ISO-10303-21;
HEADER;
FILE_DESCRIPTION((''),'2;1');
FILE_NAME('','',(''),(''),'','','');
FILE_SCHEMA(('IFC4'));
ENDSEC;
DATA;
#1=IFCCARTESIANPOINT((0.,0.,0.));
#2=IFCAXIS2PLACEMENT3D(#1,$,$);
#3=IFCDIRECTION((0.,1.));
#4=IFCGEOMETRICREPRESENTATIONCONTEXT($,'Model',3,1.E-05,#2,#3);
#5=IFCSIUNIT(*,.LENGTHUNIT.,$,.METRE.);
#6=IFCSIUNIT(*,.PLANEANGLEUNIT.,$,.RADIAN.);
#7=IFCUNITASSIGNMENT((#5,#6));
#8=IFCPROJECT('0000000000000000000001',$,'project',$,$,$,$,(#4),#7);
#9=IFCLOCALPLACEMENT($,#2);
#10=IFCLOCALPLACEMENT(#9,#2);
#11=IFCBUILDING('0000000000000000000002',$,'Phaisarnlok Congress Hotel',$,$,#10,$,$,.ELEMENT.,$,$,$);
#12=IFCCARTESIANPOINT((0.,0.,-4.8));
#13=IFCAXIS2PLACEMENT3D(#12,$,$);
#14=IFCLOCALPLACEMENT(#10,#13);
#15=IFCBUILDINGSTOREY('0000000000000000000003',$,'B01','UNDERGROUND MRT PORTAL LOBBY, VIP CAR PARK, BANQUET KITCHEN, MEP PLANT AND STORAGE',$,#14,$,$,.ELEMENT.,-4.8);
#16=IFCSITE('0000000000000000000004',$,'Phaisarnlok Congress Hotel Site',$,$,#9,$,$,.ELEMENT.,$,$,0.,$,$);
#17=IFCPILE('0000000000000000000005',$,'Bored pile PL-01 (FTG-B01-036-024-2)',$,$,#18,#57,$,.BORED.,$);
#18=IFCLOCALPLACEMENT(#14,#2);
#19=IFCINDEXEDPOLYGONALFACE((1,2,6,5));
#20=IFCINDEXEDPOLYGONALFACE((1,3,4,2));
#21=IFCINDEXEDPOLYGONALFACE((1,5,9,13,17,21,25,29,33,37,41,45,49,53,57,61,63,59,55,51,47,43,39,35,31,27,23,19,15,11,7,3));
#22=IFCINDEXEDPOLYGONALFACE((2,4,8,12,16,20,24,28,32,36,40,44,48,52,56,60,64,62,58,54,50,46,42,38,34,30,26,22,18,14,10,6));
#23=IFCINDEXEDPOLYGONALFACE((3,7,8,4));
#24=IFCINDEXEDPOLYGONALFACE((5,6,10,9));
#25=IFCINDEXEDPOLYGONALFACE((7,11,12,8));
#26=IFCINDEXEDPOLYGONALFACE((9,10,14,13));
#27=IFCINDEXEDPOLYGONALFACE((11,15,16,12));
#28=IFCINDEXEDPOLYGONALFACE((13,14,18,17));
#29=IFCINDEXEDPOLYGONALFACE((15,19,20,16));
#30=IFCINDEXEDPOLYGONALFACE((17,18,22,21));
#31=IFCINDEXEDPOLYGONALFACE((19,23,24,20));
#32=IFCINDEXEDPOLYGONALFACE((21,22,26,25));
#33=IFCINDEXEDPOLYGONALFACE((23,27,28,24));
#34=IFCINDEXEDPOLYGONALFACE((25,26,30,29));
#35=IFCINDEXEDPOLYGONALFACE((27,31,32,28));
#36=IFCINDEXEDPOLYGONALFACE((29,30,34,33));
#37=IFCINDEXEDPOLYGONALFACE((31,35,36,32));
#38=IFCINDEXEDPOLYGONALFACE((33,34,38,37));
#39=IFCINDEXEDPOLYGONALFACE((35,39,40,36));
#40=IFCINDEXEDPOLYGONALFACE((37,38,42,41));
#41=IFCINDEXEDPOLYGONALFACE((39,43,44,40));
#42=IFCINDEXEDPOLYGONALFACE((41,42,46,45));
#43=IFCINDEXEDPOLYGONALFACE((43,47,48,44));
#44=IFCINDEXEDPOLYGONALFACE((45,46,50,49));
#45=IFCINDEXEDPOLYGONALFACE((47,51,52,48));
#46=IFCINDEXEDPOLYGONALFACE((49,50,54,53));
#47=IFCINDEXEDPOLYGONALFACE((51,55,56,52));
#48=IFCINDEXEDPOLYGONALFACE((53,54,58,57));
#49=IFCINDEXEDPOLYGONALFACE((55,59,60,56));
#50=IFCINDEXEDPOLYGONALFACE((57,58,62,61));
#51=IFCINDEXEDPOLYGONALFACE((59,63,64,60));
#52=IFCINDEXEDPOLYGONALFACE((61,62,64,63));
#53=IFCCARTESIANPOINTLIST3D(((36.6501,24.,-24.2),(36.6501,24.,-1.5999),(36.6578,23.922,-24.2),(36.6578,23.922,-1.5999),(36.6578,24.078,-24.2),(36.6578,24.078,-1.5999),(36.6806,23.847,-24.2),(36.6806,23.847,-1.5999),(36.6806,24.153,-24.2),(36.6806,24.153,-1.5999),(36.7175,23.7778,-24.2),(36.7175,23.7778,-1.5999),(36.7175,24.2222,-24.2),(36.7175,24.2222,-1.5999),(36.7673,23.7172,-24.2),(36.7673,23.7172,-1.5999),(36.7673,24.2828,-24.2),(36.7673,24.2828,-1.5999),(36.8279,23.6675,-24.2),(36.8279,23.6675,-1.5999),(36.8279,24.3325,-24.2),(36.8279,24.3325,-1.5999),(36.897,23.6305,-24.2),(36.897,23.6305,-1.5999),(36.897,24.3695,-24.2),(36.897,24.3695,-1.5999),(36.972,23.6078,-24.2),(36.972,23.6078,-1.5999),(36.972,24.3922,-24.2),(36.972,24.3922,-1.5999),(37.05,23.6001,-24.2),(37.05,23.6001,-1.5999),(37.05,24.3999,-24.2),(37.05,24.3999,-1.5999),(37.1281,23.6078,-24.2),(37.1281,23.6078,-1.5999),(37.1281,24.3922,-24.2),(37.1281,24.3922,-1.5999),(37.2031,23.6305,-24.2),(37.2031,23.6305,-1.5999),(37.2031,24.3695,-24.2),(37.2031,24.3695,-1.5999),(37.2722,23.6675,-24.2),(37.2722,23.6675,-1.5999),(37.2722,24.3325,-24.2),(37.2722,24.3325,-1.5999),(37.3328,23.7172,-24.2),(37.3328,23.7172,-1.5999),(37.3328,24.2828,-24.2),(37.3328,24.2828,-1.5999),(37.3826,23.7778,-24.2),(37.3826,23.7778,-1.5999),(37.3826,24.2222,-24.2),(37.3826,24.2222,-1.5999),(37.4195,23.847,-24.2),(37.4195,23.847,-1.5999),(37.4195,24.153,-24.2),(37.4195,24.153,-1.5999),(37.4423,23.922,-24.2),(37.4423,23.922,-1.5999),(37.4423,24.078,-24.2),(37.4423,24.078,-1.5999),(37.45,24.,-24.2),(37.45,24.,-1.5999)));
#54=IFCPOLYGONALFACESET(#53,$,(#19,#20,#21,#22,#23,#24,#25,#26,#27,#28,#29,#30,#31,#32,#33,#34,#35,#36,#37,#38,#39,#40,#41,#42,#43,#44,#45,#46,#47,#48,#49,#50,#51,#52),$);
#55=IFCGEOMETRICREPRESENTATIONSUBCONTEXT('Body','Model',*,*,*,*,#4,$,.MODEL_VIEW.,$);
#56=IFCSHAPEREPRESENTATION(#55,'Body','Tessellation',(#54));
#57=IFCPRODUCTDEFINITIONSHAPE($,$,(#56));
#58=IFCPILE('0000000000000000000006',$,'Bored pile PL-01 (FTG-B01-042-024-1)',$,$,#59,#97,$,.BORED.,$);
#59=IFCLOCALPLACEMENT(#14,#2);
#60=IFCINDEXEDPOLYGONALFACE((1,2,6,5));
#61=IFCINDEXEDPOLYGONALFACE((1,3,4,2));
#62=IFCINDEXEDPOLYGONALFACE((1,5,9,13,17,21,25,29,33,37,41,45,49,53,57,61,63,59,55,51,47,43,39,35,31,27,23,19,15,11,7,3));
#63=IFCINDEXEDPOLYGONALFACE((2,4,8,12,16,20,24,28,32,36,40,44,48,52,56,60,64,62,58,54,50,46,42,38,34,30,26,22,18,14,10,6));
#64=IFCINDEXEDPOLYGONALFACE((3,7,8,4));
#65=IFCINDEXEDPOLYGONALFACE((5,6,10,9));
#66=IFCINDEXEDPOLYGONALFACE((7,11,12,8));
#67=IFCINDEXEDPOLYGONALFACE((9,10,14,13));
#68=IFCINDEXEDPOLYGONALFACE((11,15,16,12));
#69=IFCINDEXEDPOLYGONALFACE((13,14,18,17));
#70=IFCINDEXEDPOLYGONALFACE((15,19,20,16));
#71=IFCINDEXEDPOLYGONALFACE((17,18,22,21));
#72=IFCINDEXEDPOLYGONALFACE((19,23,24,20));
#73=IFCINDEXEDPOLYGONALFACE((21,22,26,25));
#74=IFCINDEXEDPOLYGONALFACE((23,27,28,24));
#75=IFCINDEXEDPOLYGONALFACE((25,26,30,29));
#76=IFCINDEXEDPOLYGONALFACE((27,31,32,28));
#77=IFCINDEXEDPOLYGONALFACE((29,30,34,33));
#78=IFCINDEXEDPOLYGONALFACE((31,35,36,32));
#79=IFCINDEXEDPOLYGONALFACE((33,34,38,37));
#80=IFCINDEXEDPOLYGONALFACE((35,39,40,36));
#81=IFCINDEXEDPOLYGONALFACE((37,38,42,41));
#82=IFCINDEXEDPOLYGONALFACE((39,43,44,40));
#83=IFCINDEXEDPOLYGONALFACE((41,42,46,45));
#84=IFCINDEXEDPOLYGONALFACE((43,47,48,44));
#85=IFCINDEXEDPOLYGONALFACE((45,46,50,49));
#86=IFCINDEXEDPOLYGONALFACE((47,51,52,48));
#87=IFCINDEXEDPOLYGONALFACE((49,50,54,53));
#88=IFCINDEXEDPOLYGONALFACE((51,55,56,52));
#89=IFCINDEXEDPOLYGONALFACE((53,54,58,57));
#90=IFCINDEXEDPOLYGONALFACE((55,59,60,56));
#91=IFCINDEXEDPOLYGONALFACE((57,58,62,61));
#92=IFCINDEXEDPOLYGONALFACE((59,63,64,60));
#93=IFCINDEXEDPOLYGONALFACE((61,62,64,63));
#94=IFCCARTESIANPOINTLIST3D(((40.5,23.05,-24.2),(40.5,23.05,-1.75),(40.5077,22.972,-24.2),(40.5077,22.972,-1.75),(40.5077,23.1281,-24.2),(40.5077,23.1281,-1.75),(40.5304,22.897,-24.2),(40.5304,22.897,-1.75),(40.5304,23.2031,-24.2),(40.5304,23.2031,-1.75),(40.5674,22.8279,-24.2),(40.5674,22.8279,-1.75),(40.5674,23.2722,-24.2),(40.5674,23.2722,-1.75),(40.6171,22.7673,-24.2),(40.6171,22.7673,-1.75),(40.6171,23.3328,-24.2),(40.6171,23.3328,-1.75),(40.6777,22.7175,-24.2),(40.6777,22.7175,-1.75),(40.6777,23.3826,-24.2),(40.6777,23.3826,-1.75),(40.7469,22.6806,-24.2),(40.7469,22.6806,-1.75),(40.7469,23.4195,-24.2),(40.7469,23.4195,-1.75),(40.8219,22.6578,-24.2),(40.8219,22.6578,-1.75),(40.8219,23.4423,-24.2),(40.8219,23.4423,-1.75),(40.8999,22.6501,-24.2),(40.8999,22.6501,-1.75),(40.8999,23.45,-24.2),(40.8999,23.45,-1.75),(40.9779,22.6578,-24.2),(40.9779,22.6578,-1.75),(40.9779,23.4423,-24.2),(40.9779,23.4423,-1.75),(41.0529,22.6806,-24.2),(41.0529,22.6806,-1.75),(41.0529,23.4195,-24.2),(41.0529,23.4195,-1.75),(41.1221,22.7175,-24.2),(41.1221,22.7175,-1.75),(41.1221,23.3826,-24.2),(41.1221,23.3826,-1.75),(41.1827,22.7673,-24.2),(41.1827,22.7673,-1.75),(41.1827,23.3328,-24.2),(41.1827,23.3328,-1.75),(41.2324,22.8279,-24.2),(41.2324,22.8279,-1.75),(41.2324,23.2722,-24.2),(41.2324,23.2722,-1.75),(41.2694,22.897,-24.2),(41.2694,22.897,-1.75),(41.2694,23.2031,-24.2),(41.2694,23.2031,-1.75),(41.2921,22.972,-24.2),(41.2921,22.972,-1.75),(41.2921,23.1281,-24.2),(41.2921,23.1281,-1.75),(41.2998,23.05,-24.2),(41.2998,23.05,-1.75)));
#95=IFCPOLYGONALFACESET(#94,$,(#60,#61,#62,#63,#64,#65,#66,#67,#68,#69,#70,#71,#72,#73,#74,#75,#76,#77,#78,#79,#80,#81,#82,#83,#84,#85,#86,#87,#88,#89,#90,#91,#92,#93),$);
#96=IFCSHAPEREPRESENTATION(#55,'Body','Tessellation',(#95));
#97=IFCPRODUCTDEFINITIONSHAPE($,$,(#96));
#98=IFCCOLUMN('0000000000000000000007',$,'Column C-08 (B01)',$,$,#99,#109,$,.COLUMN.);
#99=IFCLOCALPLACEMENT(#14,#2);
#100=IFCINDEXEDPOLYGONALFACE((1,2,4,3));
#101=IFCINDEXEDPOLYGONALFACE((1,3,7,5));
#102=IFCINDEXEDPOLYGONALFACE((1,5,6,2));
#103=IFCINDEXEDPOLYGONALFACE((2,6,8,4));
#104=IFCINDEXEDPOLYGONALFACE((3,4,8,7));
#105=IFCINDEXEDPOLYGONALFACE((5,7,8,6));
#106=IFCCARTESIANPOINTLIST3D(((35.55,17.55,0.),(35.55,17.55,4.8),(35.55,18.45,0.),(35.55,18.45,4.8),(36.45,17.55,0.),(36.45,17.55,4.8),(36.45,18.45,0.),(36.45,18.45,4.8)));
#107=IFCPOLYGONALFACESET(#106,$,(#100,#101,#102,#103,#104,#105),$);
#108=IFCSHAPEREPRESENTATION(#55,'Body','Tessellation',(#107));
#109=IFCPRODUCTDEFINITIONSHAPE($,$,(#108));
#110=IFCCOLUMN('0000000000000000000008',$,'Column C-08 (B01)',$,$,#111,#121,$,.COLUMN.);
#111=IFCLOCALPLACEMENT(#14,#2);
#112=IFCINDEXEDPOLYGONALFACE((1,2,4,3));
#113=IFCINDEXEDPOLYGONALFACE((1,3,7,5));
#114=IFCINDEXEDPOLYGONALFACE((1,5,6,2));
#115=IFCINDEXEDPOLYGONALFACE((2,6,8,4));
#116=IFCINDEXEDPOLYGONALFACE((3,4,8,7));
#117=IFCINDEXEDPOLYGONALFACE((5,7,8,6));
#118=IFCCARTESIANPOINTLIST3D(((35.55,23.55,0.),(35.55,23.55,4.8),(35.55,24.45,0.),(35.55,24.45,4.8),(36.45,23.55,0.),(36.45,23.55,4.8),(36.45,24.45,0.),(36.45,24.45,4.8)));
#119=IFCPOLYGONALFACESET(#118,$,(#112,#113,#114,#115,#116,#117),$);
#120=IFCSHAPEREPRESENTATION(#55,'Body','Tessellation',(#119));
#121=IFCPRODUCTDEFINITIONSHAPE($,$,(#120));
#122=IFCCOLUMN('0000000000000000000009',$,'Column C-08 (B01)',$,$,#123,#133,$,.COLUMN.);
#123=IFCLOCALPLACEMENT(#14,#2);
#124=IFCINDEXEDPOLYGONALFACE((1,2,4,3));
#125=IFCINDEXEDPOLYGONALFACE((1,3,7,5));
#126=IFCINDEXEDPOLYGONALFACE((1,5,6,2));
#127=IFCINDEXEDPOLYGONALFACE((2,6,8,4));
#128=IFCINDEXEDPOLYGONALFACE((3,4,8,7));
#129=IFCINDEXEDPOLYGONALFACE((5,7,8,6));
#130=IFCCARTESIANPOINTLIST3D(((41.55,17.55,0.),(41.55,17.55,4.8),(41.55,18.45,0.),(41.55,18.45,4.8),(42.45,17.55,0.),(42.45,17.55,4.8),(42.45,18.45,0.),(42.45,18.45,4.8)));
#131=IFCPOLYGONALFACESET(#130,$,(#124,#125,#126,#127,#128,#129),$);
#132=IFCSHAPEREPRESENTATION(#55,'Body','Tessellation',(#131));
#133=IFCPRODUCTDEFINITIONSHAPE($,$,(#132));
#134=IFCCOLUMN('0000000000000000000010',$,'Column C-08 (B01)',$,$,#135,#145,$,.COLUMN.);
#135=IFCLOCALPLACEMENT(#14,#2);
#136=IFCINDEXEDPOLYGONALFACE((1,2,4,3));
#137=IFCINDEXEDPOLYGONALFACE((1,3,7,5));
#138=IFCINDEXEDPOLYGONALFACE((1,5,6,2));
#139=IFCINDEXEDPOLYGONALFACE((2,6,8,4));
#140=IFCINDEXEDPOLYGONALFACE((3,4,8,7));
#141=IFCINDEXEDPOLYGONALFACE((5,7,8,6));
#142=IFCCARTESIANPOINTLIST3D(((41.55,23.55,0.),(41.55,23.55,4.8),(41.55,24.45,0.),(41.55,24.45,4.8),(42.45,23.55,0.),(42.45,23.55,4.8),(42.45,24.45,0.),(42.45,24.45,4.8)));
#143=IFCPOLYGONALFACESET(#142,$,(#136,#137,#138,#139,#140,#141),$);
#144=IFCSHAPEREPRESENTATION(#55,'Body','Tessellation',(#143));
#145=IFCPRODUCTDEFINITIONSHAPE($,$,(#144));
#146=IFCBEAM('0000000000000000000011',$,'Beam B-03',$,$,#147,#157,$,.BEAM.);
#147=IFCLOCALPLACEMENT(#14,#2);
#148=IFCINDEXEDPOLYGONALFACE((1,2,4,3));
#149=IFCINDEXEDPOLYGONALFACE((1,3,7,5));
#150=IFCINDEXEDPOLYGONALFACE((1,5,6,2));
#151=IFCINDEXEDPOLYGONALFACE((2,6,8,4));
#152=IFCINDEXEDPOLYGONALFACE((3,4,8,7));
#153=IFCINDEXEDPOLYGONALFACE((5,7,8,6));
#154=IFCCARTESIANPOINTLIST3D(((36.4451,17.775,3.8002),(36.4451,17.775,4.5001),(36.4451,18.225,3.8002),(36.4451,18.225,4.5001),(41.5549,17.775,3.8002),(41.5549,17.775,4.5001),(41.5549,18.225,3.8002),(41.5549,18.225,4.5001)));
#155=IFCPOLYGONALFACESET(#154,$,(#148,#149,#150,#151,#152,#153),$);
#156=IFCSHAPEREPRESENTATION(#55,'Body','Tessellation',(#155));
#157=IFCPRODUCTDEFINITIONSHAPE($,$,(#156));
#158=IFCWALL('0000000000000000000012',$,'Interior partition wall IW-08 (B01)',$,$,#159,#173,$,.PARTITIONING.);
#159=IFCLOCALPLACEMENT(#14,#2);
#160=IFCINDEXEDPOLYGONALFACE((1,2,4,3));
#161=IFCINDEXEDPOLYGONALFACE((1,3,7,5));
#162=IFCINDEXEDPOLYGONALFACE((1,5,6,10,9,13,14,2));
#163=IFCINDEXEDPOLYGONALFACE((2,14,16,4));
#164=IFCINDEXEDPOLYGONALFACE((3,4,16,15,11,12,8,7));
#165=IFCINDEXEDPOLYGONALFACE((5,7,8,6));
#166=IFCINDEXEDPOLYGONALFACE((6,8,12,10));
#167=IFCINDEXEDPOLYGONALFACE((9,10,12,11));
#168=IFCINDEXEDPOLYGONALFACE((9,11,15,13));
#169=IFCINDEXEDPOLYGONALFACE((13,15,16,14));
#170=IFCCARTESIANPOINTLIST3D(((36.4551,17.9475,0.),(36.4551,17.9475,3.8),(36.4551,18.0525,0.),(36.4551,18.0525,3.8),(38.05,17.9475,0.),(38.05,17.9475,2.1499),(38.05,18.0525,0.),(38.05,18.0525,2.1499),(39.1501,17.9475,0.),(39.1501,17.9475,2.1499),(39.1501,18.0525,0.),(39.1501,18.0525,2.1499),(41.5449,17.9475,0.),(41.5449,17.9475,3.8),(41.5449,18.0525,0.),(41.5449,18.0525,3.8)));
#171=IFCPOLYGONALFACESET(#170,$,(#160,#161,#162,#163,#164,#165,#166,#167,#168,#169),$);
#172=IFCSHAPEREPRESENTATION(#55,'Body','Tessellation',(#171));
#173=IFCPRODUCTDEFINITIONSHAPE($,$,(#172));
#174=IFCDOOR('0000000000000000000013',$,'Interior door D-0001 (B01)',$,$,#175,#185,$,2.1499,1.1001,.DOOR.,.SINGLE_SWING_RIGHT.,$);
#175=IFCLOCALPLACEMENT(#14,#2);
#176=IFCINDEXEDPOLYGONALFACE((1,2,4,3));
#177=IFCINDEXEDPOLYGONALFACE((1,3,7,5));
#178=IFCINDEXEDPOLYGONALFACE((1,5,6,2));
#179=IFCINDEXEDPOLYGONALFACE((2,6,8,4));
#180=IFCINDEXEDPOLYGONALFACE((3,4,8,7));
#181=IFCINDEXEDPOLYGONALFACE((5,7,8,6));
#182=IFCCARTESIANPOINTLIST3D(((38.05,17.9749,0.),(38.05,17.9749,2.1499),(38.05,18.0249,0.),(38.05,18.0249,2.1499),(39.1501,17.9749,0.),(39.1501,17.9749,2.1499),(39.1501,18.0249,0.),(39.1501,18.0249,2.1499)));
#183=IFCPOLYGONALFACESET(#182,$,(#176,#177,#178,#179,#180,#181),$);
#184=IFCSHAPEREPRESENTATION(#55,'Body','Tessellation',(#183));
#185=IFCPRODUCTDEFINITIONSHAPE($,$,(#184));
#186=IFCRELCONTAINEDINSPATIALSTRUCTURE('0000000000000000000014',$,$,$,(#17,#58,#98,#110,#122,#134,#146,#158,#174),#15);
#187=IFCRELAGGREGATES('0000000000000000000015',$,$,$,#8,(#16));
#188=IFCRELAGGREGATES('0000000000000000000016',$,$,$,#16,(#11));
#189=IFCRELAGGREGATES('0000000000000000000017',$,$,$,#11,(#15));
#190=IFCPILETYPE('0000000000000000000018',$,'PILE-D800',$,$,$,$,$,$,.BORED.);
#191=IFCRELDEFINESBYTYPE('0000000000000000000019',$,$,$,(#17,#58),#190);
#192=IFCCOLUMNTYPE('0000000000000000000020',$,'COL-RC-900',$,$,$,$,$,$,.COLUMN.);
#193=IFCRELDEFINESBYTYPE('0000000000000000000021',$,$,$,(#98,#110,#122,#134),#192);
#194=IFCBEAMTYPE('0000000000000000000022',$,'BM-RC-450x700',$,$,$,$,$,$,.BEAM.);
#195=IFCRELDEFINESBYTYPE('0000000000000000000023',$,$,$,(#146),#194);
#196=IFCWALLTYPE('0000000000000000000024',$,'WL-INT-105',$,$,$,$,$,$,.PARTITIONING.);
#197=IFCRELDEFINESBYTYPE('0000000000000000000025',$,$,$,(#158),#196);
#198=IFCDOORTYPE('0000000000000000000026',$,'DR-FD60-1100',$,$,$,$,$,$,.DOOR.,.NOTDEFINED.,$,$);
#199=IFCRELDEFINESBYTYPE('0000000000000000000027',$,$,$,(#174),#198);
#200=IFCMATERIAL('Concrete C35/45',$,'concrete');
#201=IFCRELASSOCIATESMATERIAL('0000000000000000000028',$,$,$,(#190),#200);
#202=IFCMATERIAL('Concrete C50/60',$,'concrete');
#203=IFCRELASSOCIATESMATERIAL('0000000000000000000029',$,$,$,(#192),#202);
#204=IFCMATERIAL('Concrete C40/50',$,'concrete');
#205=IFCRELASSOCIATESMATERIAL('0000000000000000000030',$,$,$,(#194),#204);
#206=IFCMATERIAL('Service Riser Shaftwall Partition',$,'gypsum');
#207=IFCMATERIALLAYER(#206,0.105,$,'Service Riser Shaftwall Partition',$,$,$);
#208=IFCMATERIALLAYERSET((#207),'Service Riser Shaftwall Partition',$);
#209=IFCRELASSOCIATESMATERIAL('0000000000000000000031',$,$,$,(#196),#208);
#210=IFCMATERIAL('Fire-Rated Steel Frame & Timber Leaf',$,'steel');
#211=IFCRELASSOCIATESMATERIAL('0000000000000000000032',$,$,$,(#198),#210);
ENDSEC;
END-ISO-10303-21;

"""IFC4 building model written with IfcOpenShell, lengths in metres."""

from ifc_helpers import new_model, si_unit, direction, frame, frame_2d, origin, origin_2d, place, context, subcontext, project, spatial, rectangle, circle, extrude, material, layer, layer_set, material_profile, profile_set, type_object, element, fill, save


model = new_model("IFC4")

# Units and contexts
model_context = context("Model", 3, precision=1e-05, world=origin(), true_north=direction((0.0, 1.0)))
body_context = subcontext(model_context, "Body", "Model", "MODEL_VIEW")
ifc_project = project(units=[si_unit("LENGTHUNIT", "METRE"), si_unit("PLANEANGLEUNIT", "RADIAN")], contexts=[model_context])

# Site, building, storey
site_placement = place(None, origin())
site = spatial("IfcSite", under=ifc_project, at=site_placement, Name="Phaisarnlok Congress Hotel Site", CompositionType="ELEMENT", RefElevation=0.0)
building_placement = place(site_placement, origin())
building = spatial("IfcBuilding", under=site, at=building_placement, Name="Phaisarnlok Congress Hotel", CompositionType="ELEMENT")
storey_placement = place(building_placement, frame((0.0, 0.0, -4.8)))
storey = spatial("IfcBuildingStorey", under=building, at=storey_placement, Name="B01", Description="UNDERGROUND MRT PORTAL LOBBY, VIP CAR PARK, BANQUET KITCHEN, MEP PLANT AND STORAGE", CompositionType="ELEMENT", Elevation=-4.8)

# Shared definitions
ifc_material_1 = material(Name="Concrete C40/50", Category="concrete")

# Piles
ifc_material_2 = material(Name="Concrete C35/45", Category="concrete")
ifc_material_profile_1 = material_profile(ifc_material_2, circle(Radius=0.3999, at=origin_2d()), Name="BORED PILE D800")
ifc_profile_set_1 = profile_set([ifc_material_profile_1], Name="Concrete C35/45")
pile_type_1 = type_object("IfcPileType", Name="PILE-D800", PredefinedType="BORED", material=ifc_profile_set_1)
for number, where, z_axis, x_axis, name in (
    (1, (37.05, 24.0, -1.5999), (0.0, 0.0, -1.0), (1.0, 0.0, 0.0), "Bored pile PL-01 (FTG-B01-036-024-2)"),
):
    element("IfcPile", number, at=place(storey_placement, frame(where, z_axis=z_axis, x_axis=x_axis)), inside=storey, type_object=pile_type_1, Name=name, PredefinedType="BORED", context=body_context, shape_type="SweptSolid", body=[
        extrude(circle(Radius=0.3999, at=origin_2d()), origin(), (0.0, 0.0, 1.0), 22.6001),
    ])
pile_1_placement = place(storey_placement, frame((40.8999, 23.05, -1.75), z_axis=(0.0, 0.0, -1.0), x_axis=(1.0, 0.0, 0.0)))
element("IfcPile", 2, at=pile_1_placement, inside=storey, type_object=pile_type_1, Name="Bored pile PL-01 (FTG-B01-042-024-1)", PredefinedType="BORED", context=body_context, shape_type="SweptSolid", body=[
    extrude(circle(Radius=0.3999, at=origin_2d()), origin(), (0.0, 0.0, 1.0), 22.45),
])

# Columns
ifc_material_3 = material(Name="Concrete C50/60", Category="concrete")
ifc_material_profile_2 = material_profile(ifc_material_3, rectangle(XDim=0.8999, YDim=0.8999, at=origin_2d()), Name="RC 900x900")
ifc_profile_set_2 = profile_set([ifc_material_profile_2], Name="Concrete C50/60")
column_type = type_object("IfcColumnType", Name="COL-RC-900", PredefinedType="COLUMN", material=ifc_profile_set_2)
for number, where, z_axis, x_axis, name in (
    (3, (36.0, 18.0, 0.0), (0.0, 0.0, 1.0), (1.0, 0.0, 0.0), "Column C-08 (B01)"),
    (4, (36.0, 24.0, 0.0), (0.0, 0.0, 1.0), (1.0, 0.0, 0.0), "Column C-08 (B01)"),
    (5, (42.0, 18.0, 0.0), (0.0, 0.0, 1.0), (1.0, 0.0, 0.0), "Column C-08 (B01)"),
    (6, (42.0, 24.0, 0.0), (0.0, 0.0, 1.0), (1.0, 0.0, 0.0), "Column C-08 (B01)"),
):
    element("IfcColumn", number, at=place(storey_placement, frame(where, z_axis=z_axis, x_axis=x_axis)), inside=storey, type_object=column_type, Name=name, PredefinedType="COLUMN", context=body_context, shape_type="SweptSolid", body=[
        extrude(rectangle(XDim=0.8999, YDim=0.8999, at=origin_2d()), origin(), (0.0, 0.0, 1.0), 4.8),
    ])

# Beam
ifc_material_profile_3 = material_profile(ifc_material_1, rectangle(XDim=0.45, YDim=0.7, at=origin_2d()), Name="RC 450x700")
ifc_profile_set_3 = profile_set([ifc_material_profile_3], Name="Concrete C40/50")
beam_type = type_object("IfcBeamType", Name="BM-RC-450x700", PredefinedType="BEAM", material=ifc_profile_set_3)
beam_placement = place(storey_placement, frame((36.4451, 18.0, 4.1501), z_axis=(1.0, 0.0, 0.0), x_axis=(0.0, 1.0, 0.0)))
element("IfcBeam", 7, at=beam_placement, inside=storey, type_object=beam_type, Name="Beam B-03", PredefinedType="BEAM", context=body_context, shape_type="SweptSolid", body=[
    extrude(rectangle(XDim=0.45, YDim=0.7, at=origin_2d()), origin(), (0.0, 0.0, 1.0), 5.1099),
])

# Wall, opening, door
ifc_material_4 = material(Name="Service Riser Shaftwall Partition", Category="gypsum")
ifc_layer_1 = layer(ifc_material_4, 0.105, Name="Service Riser Shaftwall Partition")
ifc_layer_set_1 = layer_set([ifc_layer_1], Name="Service Riser Shaftwall Partition")
wall_type_1 = type_object("IfcWallType", Name="WL-INT-105", PredefinedType="PARTITIONING", material=ifc_layer_set_1)
wall_1_placement = place(storey_placement, frame((36.4551, 18.0, 0.0), z_axis=(0.0, 0.0, 1.0), x_axis=(1.0, 0.0, 0.0)))
wall_1 = element("IfcWall", 8, at=wall_1_placement, inside=storey, type_object=wall_type_1, Name="Interior partition wall IW-08 (B01)", PredefinedType="PARTITIONING", context=body_context, shape_type="SweptSolid", body=[
    extrude(rectangle(XDim=5.0898, YDim=0.105, at=frame_2d((2.5449, 0.0))), origin(), (0.0, 0.0, 1.0), 3.8),
])
opening_placement = place(wall_1_placement, frame((1.595, 0.0, 0.0)))
opening = element("IfcOpeningElement", 9, at=opening_placement, cuts=wall_1, PredefinedType="OPENING", context=body_context, shape_type="SweptSolid", body=[
    extrude(rectangle(XDim=1.1001, YDim=2.1499, at=frame_2d((0.55, 1.075))), frame((0.0, 0.0625, 0.0), z_axis=(0.0, -1.0, 0.0), x_axis=(1.0, 0.0, 0.0)), (0.0, 0.0, 1.0), 0.125),
])
ifc_material_5 = material(Name="Fire-Rated Steel Frame & Timber Leaf", Category="steel")
door_type = type_object("IfcDoorType", Name="DR-FD60-1100", OperationType="NOTDEFINED", PredefinedType="DOOR", material=ifc_material_5)
door_placement = place(opening_placement, origin())
door = element("IfcDoor", 10, at=door_placement, inside=storey, type_object=door_type, Name="Interior door D-0001 (B01)", OperationType="SINGLE_SWING_RIGHT", OverallHeight=2.1499, OverallWidth=1.1001, PredefinedType="DOOR", context=body_context, shape_type="SweptSolid", body=[
    extrude(rectangle(XDim=1.1001, YDim=2.1499, at=frame_2d((0.55, 1.075))), frame((0.0, 0.0249, 0.0), z_axis=(0.0, -1.0, 0.0), x_axis=(1.0, 0.0, 0.0)), (0.0, 0.0, 1.0), 0.05),
])
fill(opening, door)

save(model, "model.ifc")
